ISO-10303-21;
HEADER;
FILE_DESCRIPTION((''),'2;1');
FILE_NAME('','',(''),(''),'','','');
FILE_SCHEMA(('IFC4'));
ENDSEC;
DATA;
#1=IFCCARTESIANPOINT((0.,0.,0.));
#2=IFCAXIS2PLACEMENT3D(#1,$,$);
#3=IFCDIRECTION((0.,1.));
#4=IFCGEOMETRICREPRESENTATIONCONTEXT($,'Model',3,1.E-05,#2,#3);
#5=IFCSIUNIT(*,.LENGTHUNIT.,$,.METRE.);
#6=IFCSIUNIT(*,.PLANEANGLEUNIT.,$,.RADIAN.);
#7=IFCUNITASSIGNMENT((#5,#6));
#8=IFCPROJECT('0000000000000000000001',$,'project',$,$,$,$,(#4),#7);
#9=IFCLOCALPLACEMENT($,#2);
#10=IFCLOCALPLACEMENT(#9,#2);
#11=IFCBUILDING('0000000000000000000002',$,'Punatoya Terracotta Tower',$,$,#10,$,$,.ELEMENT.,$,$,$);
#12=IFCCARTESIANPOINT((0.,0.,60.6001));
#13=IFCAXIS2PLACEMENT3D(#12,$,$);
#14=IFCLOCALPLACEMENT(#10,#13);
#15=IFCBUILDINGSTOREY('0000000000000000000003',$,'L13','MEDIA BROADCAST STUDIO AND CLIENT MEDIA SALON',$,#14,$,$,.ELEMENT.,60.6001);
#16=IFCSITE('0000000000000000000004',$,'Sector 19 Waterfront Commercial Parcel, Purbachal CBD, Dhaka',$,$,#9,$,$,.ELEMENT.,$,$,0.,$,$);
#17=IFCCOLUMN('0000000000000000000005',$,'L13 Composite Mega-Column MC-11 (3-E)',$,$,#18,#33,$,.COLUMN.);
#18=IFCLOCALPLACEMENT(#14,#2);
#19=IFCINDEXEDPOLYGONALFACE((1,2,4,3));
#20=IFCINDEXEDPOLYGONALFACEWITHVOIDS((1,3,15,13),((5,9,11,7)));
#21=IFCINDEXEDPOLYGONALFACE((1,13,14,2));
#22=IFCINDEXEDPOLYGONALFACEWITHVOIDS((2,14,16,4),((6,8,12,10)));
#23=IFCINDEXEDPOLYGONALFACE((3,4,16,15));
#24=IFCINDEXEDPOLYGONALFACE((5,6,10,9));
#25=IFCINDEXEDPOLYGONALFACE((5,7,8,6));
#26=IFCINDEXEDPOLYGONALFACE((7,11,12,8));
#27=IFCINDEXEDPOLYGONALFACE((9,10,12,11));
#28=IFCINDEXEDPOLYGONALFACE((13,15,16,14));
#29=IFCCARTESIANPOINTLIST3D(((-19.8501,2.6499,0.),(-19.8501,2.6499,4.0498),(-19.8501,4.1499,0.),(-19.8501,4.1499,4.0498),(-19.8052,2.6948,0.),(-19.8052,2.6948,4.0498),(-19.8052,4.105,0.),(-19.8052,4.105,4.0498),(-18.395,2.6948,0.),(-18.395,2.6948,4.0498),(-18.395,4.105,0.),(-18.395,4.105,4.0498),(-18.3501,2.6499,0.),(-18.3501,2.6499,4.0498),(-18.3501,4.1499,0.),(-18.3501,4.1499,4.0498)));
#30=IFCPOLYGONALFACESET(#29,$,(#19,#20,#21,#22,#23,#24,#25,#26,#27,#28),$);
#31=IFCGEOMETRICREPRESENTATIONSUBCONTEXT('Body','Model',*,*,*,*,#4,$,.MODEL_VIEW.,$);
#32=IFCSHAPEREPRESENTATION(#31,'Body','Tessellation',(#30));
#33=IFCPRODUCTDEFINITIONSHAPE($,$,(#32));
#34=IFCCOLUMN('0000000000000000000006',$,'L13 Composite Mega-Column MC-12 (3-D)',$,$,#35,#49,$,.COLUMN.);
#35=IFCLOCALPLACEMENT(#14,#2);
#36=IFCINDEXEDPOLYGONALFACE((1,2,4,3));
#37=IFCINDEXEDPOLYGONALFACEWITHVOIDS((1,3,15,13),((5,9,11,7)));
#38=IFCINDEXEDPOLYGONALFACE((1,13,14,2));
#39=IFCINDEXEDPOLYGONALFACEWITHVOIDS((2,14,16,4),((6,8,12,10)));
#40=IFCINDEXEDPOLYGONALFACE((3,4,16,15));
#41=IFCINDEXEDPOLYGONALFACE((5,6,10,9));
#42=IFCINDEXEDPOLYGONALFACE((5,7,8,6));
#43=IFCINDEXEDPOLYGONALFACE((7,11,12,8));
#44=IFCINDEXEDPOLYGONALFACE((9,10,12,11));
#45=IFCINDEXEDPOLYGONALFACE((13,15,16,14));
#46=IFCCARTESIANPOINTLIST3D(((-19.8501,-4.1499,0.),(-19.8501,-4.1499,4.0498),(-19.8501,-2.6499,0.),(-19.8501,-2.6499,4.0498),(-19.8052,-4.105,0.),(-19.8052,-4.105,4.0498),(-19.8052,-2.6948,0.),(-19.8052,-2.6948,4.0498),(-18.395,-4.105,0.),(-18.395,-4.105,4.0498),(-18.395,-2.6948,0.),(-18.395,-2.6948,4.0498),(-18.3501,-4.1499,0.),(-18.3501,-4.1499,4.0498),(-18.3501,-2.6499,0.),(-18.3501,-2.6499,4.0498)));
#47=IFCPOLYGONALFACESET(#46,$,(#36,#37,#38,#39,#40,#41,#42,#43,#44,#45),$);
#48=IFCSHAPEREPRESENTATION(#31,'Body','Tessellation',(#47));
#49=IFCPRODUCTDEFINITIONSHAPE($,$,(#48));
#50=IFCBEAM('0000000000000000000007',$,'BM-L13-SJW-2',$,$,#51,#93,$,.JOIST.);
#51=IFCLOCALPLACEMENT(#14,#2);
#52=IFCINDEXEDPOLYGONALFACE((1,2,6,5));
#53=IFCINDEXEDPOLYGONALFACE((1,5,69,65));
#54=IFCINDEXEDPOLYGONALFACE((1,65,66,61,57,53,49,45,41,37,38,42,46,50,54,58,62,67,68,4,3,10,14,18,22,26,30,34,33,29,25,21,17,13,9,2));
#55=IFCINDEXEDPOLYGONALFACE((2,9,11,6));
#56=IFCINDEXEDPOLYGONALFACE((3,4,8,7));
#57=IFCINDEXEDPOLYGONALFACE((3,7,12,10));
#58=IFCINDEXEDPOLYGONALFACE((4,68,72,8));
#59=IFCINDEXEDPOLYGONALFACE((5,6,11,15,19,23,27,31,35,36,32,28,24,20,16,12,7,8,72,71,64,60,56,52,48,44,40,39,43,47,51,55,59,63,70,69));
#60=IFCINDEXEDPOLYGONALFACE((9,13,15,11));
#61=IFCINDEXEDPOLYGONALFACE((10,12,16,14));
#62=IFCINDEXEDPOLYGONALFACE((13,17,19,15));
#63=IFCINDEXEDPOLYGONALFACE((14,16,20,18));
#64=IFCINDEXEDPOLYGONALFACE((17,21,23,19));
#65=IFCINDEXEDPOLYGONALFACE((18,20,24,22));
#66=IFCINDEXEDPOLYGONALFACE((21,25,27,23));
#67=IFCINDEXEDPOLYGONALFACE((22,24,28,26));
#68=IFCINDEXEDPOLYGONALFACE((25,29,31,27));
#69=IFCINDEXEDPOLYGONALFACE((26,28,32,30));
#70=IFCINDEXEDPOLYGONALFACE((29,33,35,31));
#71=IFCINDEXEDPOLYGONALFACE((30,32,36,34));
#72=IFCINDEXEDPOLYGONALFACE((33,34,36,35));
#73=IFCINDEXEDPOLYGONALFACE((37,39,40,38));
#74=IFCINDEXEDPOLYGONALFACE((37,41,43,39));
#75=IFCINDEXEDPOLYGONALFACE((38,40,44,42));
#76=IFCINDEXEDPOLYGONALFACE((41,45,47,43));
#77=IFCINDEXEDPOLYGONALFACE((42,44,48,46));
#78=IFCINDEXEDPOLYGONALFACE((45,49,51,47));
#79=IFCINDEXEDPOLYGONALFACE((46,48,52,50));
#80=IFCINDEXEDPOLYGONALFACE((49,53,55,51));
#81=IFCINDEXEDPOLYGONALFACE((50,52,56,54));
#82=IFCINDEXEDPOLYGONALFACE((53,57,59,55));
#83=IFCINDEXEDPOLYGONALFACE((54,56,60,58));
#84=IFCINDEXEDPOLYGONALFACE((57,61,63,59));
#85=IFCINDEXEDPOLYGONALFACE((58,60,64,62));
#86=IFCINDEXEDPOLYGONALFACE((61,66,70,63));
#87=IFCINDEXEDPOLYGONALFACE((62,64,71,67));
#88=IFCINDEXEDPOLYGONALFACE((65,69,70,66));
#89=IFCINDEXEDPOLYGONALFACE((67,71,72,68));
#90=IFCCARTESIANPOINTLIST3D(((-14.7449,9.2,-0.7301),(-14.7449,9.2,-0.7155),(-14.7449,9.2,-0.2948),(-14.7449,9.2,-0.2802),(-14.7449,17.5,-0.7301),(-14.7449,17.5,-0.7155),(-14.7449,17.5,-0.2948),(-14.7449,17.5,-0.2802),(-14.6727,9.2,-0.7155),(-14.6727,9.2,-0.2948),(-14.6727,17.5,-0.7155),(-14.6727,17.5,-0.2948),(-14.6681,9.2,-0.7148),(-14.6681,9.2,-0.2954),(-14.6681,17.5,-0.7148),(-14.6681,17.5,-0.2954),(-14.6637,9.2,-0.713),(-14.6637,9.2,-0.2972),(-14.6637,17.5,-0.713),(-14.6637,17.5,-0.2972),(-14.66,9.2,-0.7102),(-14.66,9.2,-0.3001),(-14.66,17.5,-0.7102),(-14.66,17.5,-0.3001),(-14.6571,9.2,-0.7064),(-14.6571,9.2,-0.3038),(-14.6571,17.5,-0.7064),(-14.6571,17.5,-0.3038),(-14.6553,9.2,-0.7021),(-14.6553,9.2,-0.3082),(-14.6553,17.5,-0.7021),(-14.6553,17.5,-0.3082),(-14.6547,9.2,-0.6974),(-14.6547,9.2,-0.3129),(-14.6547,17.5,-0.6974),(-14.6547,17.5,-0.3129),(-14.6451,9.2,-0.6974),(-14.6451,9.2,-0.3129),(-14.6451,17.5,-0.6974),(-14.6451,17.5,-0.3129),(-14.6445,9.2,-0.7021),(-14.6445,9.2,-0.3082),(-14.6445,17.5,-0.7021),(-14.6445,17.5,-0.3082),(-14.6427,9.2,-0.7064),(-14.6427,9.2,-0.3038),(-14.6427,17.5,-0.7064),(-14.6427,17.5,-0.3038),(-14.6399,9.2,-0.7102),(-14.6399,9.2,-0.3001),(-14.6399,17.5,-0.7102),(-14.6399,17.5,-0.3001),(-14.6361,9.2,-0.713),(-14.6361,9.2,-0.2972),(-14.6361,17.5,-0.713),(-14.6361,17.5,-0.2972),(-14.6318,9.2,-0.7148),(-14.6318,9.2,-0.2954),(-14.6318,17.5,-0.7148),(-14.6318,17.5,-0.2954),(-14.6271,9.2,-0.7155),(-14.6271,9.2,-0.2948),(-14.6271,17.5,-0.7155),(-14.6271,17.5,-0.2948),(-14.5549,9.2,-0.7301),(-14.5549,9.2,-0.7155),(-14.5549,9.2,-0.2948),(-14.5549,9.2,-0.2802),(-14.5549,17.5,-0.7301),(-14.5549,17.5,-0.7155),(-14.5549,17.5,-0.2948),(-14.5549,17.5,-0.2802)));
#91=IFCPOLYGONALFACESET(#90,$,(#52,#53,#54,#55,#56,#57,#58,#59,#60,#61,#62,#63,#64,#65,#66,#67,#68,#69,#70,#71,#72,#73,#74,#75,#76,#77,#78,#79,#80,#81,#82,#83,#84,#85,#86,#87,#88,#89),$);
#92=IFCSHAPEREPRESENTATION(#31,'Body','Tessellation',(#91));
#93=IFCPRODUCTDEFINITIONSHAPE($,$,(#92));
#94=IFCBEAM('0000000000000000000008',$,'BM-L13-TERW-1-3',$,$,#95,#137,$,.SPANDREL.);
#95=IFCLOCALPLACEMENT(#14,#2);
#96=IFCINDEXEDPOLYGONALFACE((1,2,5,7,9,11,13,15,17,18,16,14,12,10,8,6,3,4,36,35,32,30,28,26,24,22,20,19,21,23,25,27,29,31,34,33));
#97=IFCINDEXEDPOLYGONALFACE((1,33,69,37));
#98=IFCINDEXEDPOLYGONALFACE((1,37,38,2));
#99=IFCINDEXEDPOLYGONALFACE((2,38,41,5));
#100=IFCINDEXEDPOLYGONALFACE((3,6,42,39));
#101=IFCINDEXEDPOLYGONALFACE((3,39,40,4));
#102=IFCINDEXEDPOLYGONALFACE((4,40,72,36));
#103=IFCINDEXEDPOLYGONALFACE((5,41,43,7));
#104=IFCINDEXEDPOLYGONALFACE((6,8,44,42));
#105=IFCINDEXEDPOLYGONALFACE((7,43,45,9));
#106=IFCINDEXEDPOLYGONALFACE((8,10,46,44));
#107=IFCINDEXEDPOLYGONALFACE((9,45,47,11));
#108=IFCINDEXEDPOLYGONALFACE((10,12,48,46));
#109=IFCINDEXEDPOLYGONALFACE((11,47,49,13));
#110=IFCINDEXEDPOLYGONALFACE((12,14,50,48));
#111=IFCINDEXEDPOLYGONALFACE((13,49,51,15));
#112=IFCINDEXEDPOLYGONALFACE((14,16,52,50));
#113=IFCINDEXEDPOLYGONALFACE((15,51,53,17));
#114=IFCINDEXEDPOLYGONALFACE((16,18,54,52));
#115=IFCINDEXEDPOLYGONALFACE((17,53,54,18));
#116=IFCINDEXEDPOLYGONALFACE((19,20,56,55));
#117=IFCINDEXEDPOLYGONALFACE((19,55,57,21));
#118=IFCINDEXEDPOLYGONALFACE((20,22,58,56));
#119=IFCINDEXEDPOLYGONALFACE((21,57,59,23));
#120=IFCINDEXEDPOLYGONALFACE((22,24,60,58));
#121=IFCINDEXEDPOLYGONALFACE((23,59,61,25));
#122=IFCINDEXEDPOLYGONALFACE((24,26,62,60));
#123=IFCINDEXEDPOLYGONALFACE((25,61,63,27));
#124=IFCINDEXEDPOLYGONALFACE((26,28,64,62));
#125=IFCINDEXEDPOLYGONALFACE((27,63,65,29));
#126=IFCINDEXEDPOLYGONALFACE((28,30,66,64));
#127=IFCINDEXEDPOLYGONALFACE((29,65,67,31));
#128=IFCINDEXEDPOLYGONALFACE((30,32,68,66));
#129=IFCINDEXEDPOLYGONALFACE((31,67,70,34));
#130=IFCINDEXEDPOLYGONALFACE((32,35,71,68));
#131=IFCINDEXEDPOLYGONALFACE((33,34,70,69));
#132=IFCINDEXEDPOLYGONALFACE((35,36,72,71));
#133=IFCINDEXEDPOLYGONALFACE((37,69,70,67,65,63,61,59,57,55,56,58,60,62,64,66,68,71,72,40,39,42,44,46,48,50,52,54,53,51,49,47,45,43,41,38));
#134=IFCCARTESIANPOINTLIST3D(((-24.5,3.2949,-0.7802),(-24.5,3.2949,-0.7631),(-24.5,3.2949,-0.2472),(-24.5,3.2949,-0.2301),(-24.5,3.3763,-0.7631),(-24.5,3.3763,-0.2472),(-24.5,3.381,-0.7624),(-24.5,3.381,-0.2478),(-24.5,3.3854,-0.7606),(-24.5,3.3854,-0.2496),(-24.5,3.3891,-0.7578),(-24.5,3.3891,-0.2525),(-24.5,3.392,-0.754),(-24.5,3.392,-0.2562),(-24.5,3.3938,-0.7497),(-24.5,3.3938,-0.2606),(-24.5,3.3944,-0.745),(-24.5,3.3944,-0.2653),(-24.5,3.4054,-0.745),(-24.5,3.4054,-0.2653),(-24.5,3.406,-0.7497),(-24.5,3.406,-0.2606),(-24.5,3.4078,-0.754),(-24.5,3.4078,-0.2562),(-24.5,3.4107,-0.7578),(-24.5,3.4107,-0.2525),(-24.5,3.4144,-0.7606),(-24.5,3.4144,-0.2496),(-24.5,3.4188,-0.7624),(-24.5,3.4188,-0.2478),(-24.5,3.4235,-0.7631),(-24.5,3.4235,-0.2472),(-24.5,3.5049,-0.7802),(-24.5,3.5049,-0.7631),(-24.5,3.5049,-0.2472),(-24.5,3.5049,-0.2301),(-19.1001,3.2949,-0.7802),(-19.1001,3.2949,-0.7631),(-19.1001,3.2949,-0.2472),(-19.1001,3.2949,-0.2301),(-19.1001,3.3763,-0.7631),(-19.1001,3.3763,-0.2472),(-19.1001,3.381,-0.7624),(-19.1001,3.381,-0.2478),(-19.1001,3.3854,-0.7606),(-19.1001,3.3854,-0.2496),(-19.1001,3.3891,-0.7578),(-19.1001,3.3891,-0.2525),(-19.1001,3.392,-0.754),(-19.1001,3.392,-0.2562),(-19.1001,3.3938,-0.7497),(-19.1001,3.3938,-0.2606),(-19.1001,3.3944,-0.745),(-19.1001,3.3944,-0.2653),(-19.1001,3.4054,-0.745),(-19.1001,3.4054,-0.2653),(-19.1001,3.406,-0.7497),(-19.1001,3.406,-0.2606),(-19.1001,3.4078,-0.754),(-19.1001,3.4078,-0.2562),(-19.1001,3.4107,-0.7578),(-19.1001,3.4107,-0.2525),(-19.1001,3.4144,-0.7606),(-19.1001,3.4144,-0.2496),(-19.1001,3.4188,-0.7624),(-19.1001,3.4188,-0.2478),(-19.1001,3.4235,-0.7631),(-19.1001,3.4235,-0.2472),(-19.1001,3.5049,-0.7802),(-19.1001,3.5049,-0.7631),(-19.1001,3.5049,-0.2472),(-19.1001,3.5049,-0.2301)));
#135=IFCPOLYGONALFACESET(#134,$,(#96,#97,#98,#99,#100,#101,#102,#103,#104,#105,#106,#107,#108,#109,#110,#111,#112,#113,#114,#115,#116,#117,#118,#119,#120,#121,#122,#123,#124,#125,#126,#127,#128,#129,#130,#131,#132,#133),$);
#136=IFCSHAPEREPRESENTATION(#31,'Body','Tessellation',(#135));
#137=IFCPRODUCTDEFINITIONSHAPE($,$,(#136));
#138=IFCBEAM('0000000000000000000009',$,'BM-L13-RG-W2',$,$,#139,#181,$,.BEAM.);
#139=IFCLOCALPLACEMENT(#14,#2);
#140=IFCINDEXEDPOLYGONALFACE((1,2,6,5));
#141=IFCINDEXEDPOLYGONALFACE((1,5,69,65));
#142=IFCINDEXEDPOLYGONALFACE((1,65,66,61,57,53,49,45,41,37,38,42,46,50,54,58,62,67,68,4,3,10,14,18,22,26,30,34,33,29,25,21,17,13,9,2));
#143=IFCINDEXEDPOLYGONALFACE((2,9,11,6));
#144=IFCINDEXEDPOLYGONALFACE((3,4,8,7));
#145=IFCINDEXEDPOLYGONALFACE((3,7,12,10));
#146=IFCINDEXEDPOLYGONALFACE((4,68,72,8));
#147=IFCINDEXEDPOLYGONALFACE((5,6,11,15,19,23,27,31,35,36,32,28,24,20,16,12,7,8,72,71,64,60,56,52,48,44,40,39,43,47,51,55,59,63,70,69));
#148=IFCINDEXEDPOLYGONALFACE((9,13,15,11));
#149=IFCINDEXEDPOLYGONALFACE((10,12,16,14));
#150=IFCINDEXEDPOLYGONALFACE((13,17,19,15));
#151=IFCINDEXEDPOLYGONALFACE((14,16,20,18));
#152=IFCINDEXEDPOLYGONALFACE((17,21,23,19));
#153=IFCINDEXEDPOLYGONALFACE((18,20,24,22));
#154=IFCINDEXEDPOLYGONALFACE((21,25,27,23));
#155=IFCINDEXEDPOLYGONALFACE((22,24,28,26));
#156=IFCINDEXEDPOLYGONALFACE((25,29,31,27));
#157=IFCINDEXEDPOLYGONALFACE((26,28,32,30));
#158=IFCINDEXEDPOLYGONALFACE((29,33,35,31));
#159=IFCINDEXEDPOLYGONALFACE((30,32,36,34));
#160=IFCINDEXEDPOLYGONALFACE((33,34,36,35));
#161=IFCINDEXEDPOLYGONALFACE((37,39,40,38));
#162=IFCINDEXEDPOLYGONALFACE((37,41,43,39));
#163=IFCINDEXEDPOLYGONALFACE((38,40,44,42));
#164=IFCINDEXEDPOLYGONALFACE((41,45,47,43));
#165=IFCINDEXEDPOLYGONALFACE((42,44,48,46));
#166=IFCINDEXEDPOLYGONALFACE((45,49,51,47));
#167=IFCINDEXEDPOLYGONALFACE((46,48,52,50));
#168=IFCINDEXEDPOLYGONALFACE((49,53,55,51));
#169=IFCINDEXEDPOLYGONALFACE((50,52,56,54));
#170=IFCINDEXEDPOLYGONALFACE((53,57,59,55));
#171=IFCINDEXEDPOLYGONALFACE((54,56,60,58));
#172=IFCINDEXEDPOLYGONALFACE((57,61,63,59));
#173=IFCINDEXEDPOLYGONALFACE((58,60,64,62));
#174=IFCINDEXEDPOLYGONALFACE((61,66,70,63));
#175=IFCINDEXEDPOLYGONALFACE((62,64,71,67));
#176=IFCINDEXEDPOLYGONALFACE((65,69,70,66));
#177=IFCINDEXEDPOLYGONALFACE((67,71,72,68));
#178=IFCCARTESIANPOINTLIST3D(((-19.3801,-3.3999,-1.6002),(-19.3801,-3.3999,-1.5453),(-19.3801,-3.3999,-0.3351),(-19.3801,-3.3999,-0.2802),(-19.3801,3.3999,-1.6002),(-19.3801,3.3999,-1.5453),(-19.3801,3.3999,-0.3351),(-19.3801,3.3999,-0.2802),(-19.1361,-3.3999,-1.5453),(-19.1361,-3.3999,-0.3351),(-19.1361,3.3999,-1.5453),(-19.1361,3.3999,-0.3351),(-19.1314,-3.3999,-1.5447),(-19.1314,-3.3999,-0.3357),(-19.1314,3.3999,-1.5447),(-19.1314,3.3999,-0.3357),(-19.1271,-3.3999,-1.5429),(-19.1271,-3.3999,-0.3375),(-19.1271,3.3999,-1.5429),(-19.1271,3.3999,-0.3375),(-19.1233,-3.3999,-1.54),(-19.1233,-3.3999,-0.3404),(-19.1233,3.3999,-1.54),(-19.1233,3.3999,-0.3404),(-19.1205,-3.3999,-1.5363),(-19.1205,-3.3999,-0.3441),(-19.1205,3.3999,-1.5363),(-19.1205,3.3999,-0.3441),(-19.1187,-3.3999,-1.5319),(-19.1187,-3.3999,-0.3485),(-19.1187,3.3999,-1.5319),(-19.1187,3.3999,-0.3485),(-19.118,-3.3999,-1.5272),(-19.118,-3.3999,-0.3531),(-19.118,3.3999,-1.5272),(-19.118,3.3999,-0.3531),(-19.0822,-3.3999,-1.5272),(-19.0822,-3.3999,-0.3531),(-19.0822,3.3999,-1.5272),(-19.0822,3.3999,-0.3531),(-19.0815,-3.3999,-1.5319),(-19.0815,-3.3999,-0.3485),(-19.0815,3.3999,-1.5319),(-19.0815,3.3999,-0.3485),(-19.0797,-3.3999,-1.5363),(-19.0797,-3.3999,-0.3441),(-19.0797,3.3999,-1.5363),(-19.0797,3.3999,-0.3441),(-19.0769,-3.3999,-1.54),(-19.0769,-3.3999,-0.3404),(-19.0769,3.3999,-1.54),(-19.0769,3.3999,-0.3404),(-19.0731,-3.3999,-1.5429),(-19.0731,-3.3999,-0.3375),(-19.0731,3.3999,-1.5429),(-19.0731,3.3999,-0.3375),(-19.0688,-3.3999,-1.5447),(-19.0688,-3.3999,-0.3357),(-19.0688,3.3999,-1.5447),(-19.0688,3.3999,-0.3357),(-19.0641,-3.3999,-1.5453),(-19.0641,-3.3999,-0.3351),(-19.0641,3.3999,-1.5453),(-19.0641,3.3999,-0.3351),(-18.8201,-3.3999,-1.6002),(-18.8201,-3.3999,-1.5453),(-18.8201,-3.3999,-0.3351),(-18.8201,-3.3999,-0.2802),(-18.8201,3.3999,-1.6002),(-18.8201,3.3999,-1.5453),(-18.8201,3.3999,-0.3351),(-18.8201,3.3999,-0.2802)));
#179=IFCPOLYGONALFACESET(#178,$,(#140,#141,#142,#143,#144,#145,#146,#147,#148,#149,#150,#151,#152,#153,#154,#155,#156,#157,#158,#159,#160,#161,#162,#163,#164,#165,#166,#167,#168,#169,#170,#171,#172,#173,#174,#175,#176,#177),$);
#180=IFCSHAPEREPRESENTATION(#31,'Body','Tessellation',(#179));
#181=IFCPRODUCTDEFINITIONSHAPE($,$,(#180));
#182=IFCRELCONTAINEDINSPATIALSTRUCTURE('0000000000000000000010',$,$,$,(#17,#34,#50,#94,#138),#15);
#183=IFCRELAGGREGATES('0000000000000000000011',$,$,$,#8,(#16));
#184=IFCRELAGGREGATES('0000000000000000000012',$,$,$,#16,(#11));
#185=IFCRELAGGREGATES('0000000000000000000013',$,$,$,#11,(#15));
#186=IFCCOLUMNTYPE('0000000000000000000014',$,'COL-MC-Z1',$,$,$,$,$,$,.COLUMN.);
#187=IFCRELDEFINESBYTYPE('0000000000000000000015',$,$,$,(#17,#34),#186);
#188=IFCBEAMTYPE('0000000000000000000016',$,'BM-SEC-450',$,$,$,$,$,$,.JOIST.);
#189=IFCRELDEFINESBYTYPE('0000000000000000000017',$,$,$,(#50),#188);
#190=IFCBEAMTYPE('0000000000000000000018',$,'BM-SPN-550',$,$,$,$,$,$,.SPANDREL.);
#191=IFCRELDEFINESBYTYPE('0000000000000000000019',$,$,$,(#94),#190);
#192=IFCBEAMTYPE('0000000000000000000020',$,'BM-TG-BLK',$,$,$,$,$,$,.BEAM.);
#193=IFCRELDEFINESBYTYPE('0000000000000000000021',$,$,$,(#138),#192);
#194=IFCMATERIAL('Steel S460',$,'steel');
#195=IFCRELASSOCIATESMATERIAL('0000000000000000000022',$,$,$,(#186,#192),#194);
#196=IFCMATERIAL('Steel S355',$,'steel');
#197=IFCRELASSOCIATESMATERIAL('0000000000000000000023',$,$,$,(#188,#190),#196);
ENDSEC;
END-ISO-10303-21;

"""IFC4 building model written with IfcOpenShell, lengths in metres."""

from ifc_helpers import new_model, si_unit, direction, frame, origin, origin_2d, place, context, subcontext, project, spatial, hollow_rectangle, i_section, extrude, material, material_profile, profile_set, type_object, element, save


model = new_model("IFC4")

# Units and contexts
model_context = context("Model", 3, precision=1e-05, world=origin(), true_north=direction((0.0, 1.0)))
body_context = subcontext(model_context, "Body", "Model", "MODEL_VIEW")
ifc_project = project(units=[si_unit("LENGTHUNIT", "METRE"), si_unit("PLANEANGLEUNIT", "RADIAN")], contexts=[model_context])

# Site, building, storey
site_placement = place(None, origin())
site = spatial("IfcSite", under=ifc_project, at=site_placement, Name="Sector 19 Waterfront Commercial Parcel, Purbachal CBD, Dhaka", CompositionType="ELEMENT", RefElevation=0.0)
building_placement = place(site_placement, origin())
building = spatial("IfcBuilding", under=site, at=building_placement, Name="Punatoya Terracotta Tower", CompositionType="ELEMENT")
storey_placement = place(building_placement, frame((0.0, 0.0, 60.6001)))
storey = spatial("IfcBuildingStorey", under=building, at=storey_placement, Name="L13", Description="MEDIA BROADCAST STUDIO AND CLIENT MEDIA SALON", CompositionType="ELEMENT", Elevation=60.6001)

# Columns
ifc_material_1 = material(Name="Steel S460", Category="steel")
ifc_material_profile_1 = material_profile(ifc_material_1, hollow_rectangle(XDim=1.5, YDim=1.5, WallThickness=0.0449, at=origin_2d()))
ifc_profile_set_1 = profile_set([ifc_material_profile_1], Name="Steel S460")
column_type = type_object("IfcColumnType", Name="COL-MC-Z1", PredefinedType="COLUMN", material=ifc_profile_set_1)
for number, where, z_axis, x_axis, name in (
    (1, (-19.1001, 3.3999, 0.0), (0.0, 0.0, 1.0), (1.0, 0.0, 0.0), "L13 Composite Mega-Column MC-11 (3-E)"),
    (2, (-19.1001, -3.3999, 0.0), (0.0, 0.0, 1.0), (1.0, 0.0, 0.0), "L13 Composite Mega-Column MC-12 (3-D)"),
):
    element("IfcColumn", number, at=place(storey_placement, frame(where, z_axis=z_axis, x_axis=x_axis)), inside=storey, type_object=column_type, Name=name, PredefinedType="COLUMN", context=body_context, shape_type="SweptSolid", body=[
        extrude(hollow_rectangle(XDim=1.5, YDim=1.5, WallThickness=0.0449, at=origin_2d()), origin(), (0.0, 0.0, 1.0), 4.0498),
    ])

# Beams
ifc_material_2 = material(Name="Steel S355", Category="steel")
ifc_material_profile_2 = material_profile(ifc_material_2, i_section(OverallWidth=0.1899, OverallDepth=0.45, WebThickness=0.0095, FlangeThickness=0.0146, FilletRadius=0.0181, at=origin_2d()))
ifc_profile_set_2 = profile_set([ifc_material_profile_2], Name="Steel S355")
beam_type_1 = type_object("IfcBeamType", Name="BM-SEC-450", PredefinedType="JOIST", material=ifc_profile_set_2)
beam_1_placement = place(storey_placement, frame((-14.6499, 9.2, -0.5051), z_axis=(0.0, 1.0, 0.0), x_axis=(-1.0, 0.0, 0.0)))
element("IfcBeam", 3, at=beam_1_placement, inside=storey, type_object=beam_type_1, Name="BM-L13-SJW-2", PredefinedType="JOIST", context=body_context, shape_type="SweptSolid", body=[
    extrude(i_section(OverallWidth=0.1899, OverallDepth=0.45, WebThickness=0.0095, FlangeThickness=0.0146, FilletRadius=0.0181, at=origin_2d()), origin(), (0.0, 0.0, 1.0), 8.3),
])
ifc_material_profile_3 = material_profile(ifc_material_2, i_section(OverallWidth=0.21, OverallDepth=0.55, WebThickness=0.011, FlangeThickness=0.0171, FilletRadius=0.0181, at=origin_2d()))
ifc_profile_set_3 = profile_set([ifc_material_profile_3], Name="Steel S355")
beam_type_2 = type_object("IfcBeamType", Name="BM-SPN-550", PredefinedType="SPANDREL", material=ifc_profile_set_3)
beam_2_placement = place(storey_placement, frame((-24.5, 3.3999, -0.5051), z_axis=(1.0, 0.0, 0.0), x_axis=(0.0, 1.0, 0.0)))
element("IfcBeam", 4, at=beam_2_placement, inside=storey, type_object=beam_type_2, Name="BM-L13-TERW-1-3", PredefinedType="SPANDREL", context=body_context, shape_type="SweptSolid", body=[
    extrude(i_section(OverallWidth=0.21, OverallDepth=0.55, WebThickness=0.011, FlangeThickness=0.0171, FilletRadius=0.0181, at=origin_2d()), origin(), (0.0, 0.0, 1.0), 5.3999),
])
ifc_material_profile_4 = material_profile(ifc_material_1, i_section(OverallWidth=0.5601, OverallDepth=1.3201, WebThickness=0.0359, FlangeThickness=0.0549, FilletRadius=0.0181, at=origin_2d()))
ifc_profile_set_4 = profile_set([ifc_material_profile_4], Name="Steel S460")
beam_type_3 = type_object("IfcBeamType", Name="BM-TG-BLK", PredefinedType="BEAM", material=ifc_profile_set_4)
beam_3_placement = place(storey_placement, frame((-19.1001, -3.3999, -0.9402), z_axis=(0.0, 1.0, 0.0), x_axis=(-1.0, 0.0, 0.0)))
element("IfcBeam", 5, at=beam_3_placement, inside=storey, type_object=beam_type_3, Name="BM-L13-RG-W2", PredefinedType="BEAM", context=body_context, shape_type="SweptSolid", body=[
    extrude(i_section(OverallWidth=0.5601, OverallDepth=1.3201, WebThickness=0.0359, FlangeThickness=0.0549, FilletRadius=0.0181, at=origin_2d()), origin(), (0.0, 0.0, 1.0), 6.7998),
])

save(model, "model.ifc")
